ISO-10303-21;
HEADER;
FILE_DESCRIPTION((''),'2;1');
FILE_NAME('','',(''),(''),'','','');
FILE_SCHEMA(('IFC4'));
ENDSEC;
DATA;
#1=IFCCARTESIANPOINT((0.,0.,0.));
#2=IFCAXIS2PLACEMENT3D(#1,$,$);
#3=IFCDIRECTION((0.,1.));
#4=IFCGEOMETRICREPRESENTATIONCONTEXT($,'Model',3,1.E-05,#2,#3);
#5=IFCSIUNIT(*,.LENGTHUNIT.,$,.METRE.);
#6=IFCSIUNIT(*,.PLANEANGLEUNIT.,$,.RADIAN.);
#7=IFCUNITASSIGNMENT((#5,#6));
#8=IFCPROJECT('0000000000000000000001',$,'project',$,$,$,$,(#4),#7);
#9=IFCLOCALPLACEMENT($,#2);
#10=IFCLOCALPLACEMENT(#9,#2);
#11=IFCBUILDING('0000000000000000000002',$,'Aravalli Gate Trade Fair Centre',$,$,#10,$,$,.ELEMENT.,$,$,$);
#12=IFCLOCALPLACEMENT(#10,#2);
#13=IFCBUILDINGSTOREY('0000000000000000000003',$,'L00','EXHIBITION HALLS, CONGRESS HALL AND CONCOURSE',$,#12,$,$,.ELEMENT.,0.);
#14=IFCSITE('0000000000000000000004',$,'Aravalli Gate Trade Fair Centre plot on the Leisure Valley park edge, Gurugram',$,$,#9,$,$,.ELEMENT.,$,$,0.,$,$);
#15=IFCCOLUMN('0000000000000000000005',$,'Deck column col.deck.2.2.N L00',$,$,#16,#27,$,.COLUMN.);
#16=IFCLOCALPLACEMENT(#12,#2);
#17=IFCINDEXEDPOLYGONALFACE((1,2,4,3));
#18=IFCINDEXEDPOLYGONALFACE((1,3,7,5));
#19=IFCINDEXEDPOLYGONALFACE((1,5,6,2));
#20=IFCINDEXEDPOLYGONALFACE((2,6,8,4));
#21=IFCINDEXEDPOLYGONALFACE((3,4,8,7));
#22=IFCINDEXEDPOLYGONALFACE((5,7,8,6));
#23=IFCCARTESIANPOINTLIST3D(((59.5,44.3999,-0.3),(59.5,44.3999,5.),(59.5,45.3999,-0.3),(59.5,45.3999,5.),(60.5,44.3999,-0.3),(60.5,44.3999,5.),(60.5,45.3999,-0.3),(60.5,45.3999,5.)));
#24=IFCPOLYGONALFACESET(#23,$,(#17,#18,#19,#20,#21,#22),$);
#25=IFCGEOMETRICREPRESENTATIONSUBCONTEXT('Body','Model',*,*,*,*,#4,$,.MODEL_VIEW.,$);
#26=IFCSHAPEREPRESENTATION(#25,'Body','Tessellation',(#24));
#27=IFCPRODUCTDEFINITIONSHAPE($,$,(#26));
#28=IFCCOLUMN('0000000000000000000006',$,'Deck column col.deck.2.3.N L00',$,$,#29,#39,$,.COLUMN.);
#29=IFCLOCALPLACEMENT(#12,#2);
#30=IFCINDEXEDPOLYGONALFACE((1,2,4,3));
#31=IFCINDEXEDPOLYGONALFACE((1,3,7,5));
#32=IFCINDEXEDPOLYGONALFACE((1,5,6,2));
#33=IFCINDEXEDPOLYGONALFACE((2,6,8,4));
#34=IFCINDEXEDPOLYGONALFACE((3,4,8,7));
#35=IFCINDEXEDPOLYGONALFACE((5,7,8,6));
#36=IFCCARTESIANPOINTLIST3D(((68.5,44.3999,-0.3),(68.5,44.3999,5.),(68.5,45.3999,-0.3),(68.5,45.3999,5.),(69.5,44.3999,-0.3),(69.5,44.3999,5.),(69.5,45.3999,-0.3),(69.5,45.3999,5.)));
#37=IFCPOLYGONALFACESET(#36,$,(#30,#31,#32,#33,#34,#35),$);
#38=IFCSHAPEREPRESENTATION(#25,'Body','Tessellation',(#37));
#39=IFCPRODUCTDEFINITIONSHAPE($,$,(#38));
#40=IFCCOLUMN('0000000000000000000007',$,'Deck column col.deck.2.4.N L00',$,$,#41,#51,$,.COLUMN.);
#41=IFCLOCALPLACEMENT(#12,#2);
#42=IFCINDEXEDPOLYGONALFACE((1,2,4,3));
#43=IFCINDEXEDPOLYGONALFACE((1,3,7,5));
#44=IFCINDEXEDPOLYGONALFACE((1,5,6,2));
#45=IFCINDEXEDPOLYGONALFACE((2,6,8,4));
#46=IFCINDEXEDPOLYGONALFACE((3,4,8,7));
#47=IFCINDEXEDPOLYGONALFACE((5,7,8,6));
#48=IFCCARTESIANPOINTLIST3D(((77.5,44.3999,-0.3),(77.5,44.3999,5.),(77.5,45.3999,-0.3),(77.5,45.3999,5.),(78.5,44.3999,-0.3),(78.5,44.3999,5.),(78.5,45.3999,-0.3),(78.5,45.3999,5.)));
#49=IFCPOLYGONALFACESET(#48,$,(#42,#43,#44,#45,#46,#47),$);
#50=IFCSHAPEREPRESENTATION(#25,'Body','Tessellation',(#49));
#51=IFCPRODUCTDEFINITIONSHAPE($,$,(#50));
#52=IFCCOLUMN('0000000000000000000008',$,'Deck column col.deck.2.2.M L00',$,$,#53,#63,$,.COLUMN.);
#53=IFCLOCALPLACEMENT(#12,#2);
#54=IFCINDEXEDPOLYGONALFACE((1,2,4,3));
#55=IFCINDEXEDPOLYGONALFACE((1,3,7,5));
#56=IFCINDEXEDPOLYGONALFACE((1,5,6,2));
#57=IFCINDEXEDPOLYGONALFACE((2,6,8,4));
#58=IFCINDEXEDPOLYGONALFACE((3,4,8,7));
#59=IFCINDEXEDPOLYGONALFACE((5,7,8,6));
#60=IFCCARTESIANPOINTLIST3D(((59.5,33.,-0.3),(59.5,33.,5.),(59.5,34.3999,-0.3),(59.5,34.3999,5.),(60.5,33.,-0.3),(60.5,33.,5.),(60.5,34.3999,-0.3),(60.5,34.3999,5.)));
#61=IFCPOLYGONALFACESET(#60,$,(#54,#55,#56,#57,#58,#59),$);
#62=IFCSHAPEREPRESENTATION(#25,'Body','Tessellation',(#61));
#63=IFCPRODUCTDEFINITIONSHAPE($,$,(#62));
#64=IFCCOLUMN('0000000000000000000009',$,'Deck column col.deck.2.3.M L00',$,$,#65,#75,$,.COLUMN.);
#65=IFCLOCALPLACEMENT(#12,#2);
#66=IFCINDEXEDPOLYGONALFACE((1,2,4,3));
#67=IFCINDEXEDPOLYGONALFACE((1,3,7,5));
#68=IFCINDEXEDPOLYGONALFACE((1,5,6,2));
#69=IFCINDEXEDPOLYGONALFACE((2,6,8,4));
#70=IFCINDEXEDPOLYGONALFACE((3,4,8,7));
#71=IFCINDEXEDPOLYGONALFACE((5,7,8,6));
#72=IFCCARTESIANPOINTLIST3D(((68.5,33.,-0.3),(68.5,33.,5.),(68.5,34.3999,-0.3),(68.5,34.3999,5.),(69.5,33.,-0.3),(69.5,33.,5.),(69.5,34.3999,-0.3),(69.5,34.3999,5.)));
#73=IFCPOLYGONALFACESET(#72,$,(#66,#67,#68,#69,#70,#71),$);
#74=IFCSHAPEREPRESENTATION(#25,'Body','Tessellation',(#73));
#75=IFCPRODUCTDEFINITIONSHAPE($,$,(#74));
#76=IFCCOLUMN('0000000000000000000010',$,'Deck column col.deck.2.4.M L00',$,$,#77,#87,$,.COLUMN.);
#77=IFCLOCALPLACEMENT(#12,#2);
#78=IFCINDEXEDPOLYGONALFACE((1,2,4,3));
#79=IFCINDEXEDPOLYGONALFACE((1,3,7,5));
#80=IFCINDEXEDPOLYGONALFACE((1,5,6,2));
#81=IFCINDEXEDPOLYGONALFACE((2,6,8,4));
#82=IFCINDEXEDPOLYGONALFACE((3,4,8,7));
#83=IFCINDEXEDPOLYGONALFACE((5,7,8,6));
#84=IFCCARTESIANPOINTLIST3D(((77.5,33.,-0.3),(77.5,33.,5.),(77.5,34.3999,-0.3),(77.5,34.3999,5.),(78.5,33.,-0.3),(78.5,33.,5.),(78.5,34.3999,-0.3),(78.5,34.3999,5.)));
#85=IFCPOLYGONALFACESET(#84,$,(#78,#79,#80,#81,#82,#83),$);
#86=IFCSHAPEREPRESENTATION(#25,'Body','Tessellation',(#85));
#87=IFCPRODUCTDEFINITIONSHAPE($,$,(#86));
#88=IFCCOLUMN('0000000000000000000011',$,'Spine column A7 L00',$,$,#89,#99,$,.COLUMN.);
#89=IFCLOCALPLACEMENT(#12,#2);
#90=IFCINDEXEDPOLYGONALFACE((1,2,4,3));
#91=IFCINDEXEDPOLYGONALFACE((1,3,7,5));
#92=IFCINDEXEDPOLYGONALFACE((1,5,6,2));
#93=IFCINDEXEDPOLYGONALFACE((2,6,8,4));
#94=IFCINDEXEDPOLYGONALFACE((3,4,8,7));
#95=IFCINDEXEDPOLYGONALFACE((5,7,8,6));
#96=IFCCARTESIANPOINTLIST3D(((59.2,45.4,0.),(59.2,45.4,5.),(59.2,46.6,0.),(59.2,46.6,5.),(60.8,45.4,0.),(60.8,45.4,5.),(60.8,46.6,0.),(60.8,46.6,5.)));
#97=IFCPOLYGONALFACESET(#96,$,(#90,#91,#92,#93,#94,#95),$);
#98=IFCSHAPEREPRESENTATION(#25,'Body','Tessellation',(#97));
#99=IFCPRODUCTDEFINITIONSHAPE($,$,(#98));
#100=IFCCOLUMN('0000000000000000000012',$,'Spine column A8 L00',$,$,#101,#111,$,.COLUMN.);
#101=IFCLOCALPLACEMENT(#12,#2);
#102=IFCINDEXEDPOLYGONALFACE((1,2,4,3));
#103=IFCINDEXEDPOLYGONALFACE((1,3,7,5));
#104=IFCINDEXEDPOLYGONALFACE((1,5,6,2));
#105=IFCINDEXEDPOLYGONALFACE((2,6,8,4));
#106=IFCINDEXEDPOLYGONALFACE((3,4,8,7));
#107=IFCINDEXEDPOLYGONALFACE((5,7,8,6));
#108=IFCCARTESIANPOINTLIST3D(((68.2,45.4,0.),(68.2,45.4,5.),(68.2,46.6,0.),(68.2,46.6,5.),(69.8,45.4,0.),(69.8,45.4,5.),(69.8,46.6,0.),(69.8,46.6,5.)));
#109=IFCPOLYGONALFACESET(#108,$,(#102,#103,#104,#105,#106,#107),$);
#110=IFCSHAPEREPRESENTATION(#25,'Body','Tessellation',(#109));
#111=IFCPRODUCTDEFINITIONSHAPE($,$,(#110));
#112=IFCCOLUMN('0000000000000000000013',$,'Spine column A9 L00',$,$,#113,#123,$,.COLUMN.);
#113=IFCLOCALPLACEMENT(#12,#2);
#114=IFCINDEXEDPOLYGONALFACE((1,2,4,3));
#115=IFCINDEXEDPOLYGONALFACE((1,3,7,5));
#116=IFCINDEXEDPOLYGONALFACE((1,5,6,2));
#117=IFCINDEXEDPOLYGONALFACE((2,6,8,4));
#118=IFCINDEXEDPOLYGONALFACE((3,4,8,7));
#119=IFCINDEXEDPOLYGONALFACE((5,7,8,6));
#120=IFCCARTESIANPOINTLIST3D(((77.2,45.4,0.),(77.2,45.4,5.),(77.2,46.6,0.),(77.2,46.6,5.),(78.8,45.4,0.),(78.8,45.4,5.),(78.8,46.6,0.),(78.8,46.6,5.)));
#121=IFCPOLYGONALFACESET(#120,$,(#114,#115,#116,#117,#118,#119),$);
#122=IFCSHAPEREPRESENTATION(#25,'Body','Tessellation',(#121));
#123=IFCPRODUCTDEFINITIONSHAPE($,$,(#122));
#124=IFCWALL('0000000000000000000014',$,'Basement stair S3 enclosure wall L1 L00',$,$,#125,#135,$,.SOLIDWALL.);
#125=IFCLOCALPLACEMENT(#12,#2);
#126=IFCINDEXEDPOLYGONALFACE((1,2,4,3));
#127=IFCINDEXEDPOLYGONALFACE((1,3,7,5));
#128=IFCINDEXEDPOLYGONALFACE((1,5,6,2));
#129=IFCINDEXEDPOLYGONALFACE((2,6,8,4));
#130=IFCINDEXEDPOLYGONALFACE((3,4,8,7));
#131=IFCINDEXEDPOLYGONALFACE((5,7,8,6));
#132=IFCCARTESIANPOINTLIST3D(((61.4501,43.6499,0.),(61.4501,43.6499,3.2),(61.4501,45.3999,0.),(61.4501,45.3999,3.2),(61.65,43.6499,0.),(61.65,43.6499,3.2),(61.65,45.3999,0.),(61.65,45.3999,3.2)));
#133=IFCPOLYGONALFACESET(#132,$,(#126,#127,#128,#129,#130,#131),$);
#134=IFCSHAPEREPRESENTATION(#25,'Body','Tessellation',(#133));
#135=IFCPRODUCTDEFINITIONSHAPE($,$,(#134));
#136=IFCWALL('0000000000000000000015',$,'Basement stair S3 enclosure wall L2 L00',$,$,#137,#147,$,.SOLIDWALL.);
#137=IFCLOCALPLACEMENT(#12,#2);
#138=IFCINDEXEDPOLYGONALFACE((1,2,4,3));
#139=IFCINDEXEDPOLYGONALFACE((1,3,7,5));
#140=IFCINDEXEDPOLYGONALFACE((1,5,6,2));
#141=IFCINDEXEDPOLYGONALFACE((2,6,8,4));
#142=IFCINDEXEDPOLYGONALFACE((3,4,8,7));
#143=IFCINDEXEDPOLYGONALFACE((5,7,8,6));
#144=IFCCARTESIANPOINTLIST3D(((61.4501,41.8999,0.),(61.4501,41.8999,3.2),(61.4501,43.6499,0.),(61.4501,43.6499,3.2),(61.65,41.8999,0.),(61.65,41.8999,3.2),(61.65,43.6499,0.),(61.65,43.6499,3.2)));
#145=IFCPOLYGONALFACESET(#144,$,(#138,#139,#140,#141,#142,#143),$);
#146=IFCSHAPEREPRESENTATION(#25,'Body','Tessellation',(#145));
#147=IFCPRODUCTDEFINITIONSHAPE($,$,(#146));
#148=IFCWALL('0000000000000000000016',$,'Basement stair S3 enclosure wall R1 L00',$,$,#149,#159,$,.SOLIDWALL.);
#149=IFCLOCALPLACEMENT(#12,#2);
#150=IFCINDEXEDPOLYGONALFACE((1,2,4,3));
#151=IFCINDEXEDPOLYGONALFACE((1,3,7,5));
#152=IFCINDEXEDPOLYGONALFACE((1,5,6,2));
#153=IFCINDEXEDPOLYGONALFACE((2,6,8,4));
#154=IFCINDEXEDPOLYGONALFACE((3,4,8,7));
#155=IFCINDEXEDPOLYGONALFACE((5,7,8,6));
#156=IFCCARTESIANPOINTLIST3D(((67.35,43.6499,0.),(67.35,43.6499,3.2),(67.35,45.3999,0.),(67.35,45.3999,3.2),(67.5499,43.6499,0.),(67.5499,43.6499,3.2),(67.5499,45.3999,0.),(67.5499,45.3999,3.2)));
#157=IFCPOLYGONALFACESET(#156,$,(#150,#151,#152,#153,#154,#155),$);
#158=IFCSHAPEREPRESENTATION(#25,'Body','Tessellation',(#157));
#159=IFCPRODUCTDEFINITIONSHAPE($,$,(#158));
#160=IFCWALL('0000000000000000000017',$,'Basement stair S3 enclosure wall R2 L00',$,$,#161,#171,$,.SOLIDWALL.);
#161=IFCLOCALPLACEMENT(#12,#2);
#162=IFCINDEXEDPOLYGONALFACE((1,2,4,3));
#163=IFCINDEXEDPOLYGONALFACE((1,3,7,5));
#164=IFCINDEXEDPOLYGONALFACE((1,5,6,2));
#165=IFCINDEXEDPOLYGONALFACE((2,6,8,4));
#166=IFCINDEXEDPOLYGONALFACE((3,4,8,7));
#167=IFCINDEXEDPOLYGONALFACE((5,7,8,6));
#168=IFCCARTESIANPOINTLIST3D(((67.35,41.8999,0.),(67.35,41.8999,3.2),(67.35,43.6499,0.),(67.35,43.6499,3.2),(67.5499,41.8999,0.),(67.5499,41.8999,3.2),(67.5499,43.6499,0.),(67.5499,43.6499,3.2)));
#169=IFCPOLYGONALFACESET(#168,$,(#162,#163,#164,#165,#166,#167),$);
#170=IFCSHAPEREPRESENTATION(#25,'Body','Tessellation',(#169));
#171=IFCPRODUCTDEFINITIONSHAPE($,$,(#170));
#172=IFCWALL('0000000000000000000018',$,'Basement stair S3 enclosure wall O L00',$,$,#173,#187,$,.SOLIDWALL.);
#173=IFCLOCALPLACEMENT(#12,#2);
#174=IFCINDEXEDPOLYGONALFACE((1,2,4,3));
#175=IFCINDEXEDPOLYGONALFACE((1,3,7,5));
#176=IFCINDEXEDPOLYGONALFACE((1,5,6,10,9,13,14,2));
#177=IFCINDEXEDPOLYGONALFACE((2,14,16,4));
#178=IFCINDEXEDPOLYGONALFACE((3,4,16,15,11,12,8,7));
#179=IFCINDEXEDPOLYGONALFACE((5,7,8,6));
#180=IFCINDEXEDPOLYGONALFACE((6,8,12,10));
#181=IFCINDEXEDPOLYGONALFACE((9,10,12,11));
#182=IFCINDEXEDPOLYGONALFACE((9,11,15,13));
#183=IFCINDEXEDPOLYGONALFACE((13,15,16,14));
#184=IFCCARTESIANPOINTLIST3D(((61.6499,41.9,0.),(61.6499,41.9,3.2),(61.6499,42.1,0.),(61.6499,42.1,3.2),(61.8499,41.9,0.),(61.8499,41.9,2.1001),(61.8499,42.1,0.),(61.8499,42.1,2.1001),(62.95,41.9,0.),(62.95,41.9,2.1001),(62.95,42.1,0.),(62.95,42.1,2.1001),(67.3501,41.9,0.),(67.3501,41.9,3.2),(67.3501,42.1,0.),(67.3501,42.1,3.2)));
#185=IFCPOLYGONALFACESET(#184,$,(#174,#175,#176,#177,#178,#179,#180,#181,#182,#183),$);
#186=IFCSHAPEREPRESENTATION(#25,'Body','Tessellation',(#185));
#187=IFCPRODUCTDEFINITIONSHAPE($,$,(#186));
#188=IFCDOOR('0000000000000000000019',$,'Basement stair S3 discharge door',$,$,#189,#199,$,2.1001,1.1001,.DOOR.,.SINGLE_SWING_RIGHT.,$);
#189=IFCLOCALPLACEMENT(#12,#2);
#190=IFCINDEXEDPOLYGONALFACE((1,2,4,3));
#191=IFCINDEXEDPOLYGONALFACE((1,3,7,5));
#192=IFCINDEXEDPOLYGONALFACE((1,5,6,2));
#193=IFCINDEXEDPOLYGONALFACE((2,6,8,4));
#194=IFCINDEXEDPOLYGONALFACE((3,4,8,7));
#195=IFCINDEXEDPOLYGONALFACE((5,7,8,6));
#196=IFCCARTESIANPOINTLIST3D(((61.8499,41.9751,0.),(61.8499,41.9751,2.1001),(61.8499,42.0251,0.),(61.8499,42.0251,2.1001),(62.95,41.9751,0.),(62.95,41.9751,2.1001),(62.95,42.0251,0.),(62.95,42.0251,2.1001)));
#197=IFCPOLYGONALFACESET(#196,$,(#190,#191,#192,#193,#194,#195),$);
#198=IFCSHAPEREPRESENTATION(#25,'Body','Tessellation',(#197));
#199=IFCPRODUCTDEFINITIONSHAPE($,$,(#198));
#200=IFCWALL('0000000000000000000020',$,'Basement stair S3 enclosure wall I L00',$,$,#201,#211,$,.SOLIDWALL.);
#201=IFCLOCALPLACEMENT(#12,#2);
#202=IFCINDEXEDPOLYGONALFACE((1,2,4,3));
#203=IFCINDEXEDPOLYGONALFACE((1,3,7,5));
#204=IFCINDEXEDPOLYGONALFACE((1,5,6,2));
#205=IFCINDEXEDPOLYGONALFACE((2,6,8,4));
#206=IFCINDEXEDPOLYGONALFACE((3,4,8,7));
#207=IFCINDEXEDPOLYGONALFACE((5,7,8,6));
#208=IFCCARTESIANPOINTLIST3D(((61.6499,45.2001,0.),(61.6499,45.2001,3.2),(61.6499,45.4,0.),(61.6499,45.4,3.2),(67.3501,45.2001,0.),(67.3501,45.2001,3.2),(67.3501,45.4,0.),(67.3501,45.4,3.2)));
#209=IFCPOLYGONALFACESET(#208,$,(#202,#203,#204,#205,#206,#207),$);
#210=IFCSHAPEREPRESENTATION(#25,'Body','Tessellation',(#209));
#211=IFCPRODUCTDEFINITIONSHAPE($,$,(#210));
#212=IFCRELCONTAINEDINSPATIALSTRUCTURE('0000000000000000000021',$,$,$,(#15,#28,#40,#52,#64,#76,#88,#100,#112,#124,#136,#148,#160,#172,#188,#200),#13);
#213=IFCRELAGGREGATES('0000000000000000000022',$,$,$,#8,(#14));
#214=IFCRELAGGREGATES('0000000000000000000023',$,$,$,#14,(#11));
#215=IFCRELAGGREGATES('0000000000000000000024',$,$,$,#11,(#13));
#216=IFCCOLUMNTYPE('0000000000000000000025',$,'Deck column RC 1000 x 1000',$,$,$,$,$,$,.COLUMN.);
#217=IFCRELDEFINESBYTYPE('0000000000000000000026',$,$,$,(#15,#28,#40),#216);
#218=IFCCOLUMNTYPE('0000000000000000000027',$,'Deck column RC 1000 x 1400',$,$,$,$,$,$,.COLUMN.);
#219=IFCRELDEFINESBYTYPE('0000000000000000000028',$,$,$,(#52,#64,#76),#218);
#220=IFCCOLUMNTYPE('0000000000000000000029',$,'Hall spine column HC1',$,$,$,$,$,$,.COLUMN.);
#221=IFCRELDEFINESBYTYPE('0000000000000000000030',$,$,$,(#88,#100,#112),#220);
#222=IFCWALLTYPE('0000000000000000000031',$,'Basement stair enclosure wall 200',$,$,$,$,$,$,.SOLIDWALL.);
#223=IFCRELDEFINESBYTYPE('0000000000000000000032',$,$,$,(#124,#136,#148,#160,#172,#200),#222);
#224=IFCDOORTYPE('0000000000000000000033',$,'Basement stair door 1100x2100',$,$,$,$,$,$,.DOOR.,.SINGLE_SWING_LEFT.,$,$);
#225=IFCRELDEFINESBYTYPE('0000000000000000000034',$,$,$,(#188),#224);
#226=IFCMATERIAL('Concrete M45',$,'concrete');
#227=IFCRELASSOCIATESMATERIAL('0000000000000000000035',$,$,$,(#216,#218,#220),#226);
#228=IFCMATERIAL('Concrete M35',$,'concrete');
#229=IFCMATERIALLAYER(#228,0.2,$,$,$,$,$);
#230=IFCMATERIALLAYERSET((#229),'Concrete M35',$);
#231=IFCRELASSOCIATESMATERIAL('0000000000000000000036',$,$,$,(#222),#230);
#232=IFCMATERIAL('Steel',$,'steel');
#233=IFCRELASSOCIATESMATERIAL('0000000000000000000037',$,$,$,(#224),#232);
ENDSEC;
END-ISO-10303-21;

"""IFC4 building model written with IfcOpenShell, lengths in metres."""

from ifc_helpers import new_model, si_unit, direction, frame, frame_2d, origin, origin_2d, place, context, subcontext, project, spatial, rectangle, extrude, material, layer, layer_set, material_profile, profile_set, type_object, element, fill, save


model = new_model("IFC4")

# Units and contexts
model_context = context("Model", 3, precision=1e-05, world=origin(), true_north=direction((0.0, 1.0)))
body_context = subcontext(model_context, "Body", "Model", "MODEL_VIEW")
ifc_project = project(units=[si_unit("LENGTHUNIT", "METRE"), si_unit("PLANEANGLEUNIT", "RADIAN")], contexts=[model_context])

# Site, building, storey
site_placement = place(None, origin())
site = spatial("IfcSite", under=ifc_project, at=site_placement, Name="Aravalli Gate Trade Fair Centre plot on the Leisure Valley park edge, Gurugram", CompositionType="ELEMENT", RefElevation=0.0)
building_placement = place(site_placement, origin())
building = spatial("IfcBuilding", under=site, at=building_placement, Name="Aravalli Gate Trade Fair Centre", CompositionType="ELEMENT")
storey_placement = place(building_placement, origin())
storey = spatial("IfcBuildingStorey", under=building, at=storey_placement, Name="L00", Description="EXHIBITION HALLS, CONGRESS HALL AND CONCOURSE", CompositionType="ELEMENT", Elevation=0.0)

# Columns
ifc_material_1 = material(Name="Concrete M45", Category="concrete")
ifc_material_profile_1 = material_profile(ifc_material_1, rectangle(XDim=1.0, YDim=1.0, at=origin_2d()), Name="Deck column RC 1000 x 1000")
ifc_profile_set_1 = profile_set([ifc_material_profile_1], Name="Concrete M45")
column_type_1 = type_object("IfcColumnType", Name="Deck column RC 1000 x 1000", PredefinedType="COLUMN", material=ifc_profile_set_1)
for number, where, z_axis, x_axis, name in (
    (1, (60.0, 44.8999, -0.3), (0.0, 0.0, 1.0), (1.0, 0.0, 0.0), "Deck column col.deck.2.2.N L00"),
    (2, (69.0, 44.8999, -0.3), (0.0, 0.0, 1.0), (1.0, 0.0, 0.0), "Deck column col.deck.2.3.N L00"),
    (3, (78.0, 44.8999, -0.3), (0.0, 0.0, 1.0), (1.0, 0.0, 0.0), "Deck column col.deck.2.4.N L00"),
):
    element("IfcColumn", number, at=place(storey_placement, frame(where, z_axis=z_axis, x_axis=x_axis)), inside=storey, type_object=column_type_1, Name=name, PredefinedType="COLUMN", context=body_context, shape_type="SweptSolid", body=[
        extrude(rectangle(XDim=1.0, YDim=1.0, at=origin_2d()), origin(), (0.0, 0.0, 1.0), 5.3),
    ])
ifc_material_profile_2 = material_profile(ifc_material_1, rectangle(XDim=1.0, YDim=1.3999, at=origin_2d()), Name="Deck column RC 1000 x 1400")
ifc_profile_set_2 = profile_set([ifc_material_profile_2], Name="Concrete M45")
column_type_2 = type_object("IfcColumnType", Name="Deck column RC 1000 x 1400", PredefinedType="COLUMN", material=ifc_profile_set_2)
for number, where, z_axis, x_axis, name in (
    (4, (60.0, 33.7, -0.3), (0.0, 0.0, 1.0), (1.0, 0.0, 0.0), "Deck column col.deck.2.2.M L00"),
    (5, (69.0, 33.7, -0.3), (0.0, 0.0, 1.0), (1.0, 0.0, 0.0), "Deck column col.deck.2.3.M L00"),
    (6, (78.0, 33.7, -0.3), (0.0, 0.0, 1.0), (1.0, 0.0, 0.0), "Deck column col.deck.2.4.M L00"),
):
    element("IfcColumn", number, at=place(storey_placement, frame(where, z_axis=z_axis, x_axis=x_axis)), inside=storey, type_object=column_type_2, Name=name, PredefinedType="COLUMN", context=body_context, shape_type="SweptSolid", body=[
        extrude(rectangle(XDim=1.0, YDim=1.3999, at=origin_2d()), origin(), (0.0, 0.0, 1.0), 5.3),
    ])
ifc_material_profile_3 = material_profile(ifc_material_1, rectangle(XDim=1.6001, YDim=1.2, at=origin_2d()), Name="RC 1600x1200")
ifc_profile_set_3 = profile_set([ifc_material_profile_3], Name="Concrete M45")
column_type_3 = type_object("IfcColumnType", Name="Hall spine column HC1", PredefinedType="COLUMN", material=ifc_profile_set_3)
for number, where, z_axis, x_axis, name in (
    (7, (60.0, 46.0, 0.0), (0.0, 0.0, 1.0), (1.0, 0.0, 0.0), "Spine column A7 L00"),
    (8, (69.0, 46.0, 0.0), (0.0, 0.0, 1.0), (1.0, 0.0, 0.0), "Spine column A8 L00"),
    (9, (78.0, 46.0, 0.0), (0.0, 0.0, 1.0), (1.0, 0.0, 0.0), "Spine column A9 L00"),
):
    element("IfcColumn", number, at=place(storey_placement, frame(where, z_axis=z_axis, x_axis=x_axis)), inside=storey, type_object=column_type_3, Name=name, PredefinedType="COLUMN", context=body_context, shape_type="SweptSolid", body=[
        extrude(rectangle(XDim=1.6001, YDim=1.2, at=origin_2d()), origin(), (0.0, 0.0, 1.0), 5.0),
    ])

# Walls
ifc_material_2 = material(Name="Concrete M35", Category="concrete")
ifc_layer_1 = layer(ifc_material_2, 0.2)
ifc_layer_set_1 = layer_set([ifc_layer_1], Name="Concrete M35")
wall_type_1 = type_object("IfcWallType", Name="Basement stair enclosure wall 200", PredefinedType="SOLIDWALL", material=ifc_layer_set_1)
for number, where, z_axis, x_axis, name in (
    (10, (61.55, 45.3999, 0.0), (0.0, 0.0, 1.0), (0.0, -1.0, 0.0), "Basement stair S3 enclosure wall L1 L00"),
    (11, (61.55, 43.6499, 0.0), (0.0, 0.0, 1.0), (0.0, -1.0, 0.0), "Basement stair S3 enclosure wall L2 L00"),
    (12, (67.45, 45.3999, 0.0), (0.0, 0.0, 1.0), (0.0, -1.0, 0.0), "Basement stair S3 enclosure wall R1 L00"),
    (13, (67.45, 43.6499, 0.0), (0.0, 0.0, 1.0), (0.0, -1.0, 0.0), "Basement stair S3 enclosure wall R2 L00"),
):
    element("IfcWall", number, at=place(storey_placement, frame(where, z_axis=z_axis, x_axis=x_axis)), inside=storey, type_object=wall_type_1, Name=name, PredefinedType="SOLIDWALL", context=body_context, shape_type="SweptSolid", body=[
        extrude(rectangle(XDim=1.75, YDim=0.2, at=frame_2d((0.875, 0.0))), origin(), (0.0, 0.0, 1.0), 3.2),
    ])

# Wall, opening, door
wall_1_placement = place(storey_placement, frame((61.6499, 42.0, 0.0), z_axis=(0.0, 0.0, 1.0), x_axis=(1.0, 0.0, 0.0)))
wall_1 = element("IfcWall", 14, at=wall_1_placement, inside=storey, type_object=wall_type_1, Name="Basement stair S3 enclosure wall O L00", PredefinedType="SOLIDWALL", context=body_context, shape_type="SweptSolid", body=[
    extrude(rectangle(XDim=5.7002, YDim=0.2, at=frame_2d((2.8501, 0.0))), origin(), (0.0, 0.0, 1.0), 3.2),
])
opening_1_placement = place(wall_1_placement, frame((0.2, 0.0, 0.0)))
opening_1 = element("IfcOpeningElement", 15, at=opening_1_placement, cuts=wall_1, PredefinedType="OPENING", context=body_context, shape_type="SweptSolid", body=[
    extrude(rectangle(XDim=1.1001, YDim=2.1001, at=frame_2d((0.55, 1.05))), frame((0.0, 0.1099, 0.0), z_axis=(0.0, -1.0, 0.0), x_axis=(1.0, 0.0, 0.0)), (0.0, 0.0, 1.0), 0.22),
])
ifc_material_3 = material(Name="Steel", Category="steel")
door_type_1 = type_object("IfcDoorType", Name="Basement stair door 1100x2100", OperationType="SINGLE_SWING_LEFT", PredefinedType="DOOR", material=ifc_material_3)
door_1_placement = place(opening_1_placement, frame((1.1001, 0.0, 0.0), z_axis=(0.0, 0.0, 1.0), x_axis=(-1.0, 0.0, 0.0)))
door_1 = element("IfcDoor", 16, at=door_1_placement, inside=storey, type_object=door_type_1, Name="Basement stair S3 discharge door", OperationType="SINGLE_SWING_RIGHT", OverallHeight=2.1001, OverallWidth=1.1001, PredefinedType="DOOR", context=body_context, shape_type="SweptSolid", body=[
    extrude(rectangle(XDim=1.1001, YDim=2.1001, at=frame_2d((0.55, 1.05))), frame((0.0, 0.0249, 0.0), z_axis=(0.0, -1.0, 0.0), x_axis=(1.0, 0.0, 0.0)), (0.0, 0.0, 1.0), 0.05),
])
fill(opening_1, door_1)

# Wall
wall_2_placement = place(storey_placement, frame((61.6499, 45.3, 0.0), z_axis=(0.0, 0.0, 1.0), x_axis=(1.0, 0.0, 0.0)))
element("IfcWall", 17, at=wall_2_placement, inside=storey, type_object=wall_type_1, Name="Basement stair S3 enclosure wall I L00", PredefinedType="SOLIDWALL", context=body_context, shape_type="SweptSolid", body=[
    extrude(rectangle(XDim=5.7002, YDim=0.2, at=frame_2d((2.8501, 0.0))), origin(), (0.0, 0.0, 1.0), 3.2),
])

save(model, "model.ifc")
